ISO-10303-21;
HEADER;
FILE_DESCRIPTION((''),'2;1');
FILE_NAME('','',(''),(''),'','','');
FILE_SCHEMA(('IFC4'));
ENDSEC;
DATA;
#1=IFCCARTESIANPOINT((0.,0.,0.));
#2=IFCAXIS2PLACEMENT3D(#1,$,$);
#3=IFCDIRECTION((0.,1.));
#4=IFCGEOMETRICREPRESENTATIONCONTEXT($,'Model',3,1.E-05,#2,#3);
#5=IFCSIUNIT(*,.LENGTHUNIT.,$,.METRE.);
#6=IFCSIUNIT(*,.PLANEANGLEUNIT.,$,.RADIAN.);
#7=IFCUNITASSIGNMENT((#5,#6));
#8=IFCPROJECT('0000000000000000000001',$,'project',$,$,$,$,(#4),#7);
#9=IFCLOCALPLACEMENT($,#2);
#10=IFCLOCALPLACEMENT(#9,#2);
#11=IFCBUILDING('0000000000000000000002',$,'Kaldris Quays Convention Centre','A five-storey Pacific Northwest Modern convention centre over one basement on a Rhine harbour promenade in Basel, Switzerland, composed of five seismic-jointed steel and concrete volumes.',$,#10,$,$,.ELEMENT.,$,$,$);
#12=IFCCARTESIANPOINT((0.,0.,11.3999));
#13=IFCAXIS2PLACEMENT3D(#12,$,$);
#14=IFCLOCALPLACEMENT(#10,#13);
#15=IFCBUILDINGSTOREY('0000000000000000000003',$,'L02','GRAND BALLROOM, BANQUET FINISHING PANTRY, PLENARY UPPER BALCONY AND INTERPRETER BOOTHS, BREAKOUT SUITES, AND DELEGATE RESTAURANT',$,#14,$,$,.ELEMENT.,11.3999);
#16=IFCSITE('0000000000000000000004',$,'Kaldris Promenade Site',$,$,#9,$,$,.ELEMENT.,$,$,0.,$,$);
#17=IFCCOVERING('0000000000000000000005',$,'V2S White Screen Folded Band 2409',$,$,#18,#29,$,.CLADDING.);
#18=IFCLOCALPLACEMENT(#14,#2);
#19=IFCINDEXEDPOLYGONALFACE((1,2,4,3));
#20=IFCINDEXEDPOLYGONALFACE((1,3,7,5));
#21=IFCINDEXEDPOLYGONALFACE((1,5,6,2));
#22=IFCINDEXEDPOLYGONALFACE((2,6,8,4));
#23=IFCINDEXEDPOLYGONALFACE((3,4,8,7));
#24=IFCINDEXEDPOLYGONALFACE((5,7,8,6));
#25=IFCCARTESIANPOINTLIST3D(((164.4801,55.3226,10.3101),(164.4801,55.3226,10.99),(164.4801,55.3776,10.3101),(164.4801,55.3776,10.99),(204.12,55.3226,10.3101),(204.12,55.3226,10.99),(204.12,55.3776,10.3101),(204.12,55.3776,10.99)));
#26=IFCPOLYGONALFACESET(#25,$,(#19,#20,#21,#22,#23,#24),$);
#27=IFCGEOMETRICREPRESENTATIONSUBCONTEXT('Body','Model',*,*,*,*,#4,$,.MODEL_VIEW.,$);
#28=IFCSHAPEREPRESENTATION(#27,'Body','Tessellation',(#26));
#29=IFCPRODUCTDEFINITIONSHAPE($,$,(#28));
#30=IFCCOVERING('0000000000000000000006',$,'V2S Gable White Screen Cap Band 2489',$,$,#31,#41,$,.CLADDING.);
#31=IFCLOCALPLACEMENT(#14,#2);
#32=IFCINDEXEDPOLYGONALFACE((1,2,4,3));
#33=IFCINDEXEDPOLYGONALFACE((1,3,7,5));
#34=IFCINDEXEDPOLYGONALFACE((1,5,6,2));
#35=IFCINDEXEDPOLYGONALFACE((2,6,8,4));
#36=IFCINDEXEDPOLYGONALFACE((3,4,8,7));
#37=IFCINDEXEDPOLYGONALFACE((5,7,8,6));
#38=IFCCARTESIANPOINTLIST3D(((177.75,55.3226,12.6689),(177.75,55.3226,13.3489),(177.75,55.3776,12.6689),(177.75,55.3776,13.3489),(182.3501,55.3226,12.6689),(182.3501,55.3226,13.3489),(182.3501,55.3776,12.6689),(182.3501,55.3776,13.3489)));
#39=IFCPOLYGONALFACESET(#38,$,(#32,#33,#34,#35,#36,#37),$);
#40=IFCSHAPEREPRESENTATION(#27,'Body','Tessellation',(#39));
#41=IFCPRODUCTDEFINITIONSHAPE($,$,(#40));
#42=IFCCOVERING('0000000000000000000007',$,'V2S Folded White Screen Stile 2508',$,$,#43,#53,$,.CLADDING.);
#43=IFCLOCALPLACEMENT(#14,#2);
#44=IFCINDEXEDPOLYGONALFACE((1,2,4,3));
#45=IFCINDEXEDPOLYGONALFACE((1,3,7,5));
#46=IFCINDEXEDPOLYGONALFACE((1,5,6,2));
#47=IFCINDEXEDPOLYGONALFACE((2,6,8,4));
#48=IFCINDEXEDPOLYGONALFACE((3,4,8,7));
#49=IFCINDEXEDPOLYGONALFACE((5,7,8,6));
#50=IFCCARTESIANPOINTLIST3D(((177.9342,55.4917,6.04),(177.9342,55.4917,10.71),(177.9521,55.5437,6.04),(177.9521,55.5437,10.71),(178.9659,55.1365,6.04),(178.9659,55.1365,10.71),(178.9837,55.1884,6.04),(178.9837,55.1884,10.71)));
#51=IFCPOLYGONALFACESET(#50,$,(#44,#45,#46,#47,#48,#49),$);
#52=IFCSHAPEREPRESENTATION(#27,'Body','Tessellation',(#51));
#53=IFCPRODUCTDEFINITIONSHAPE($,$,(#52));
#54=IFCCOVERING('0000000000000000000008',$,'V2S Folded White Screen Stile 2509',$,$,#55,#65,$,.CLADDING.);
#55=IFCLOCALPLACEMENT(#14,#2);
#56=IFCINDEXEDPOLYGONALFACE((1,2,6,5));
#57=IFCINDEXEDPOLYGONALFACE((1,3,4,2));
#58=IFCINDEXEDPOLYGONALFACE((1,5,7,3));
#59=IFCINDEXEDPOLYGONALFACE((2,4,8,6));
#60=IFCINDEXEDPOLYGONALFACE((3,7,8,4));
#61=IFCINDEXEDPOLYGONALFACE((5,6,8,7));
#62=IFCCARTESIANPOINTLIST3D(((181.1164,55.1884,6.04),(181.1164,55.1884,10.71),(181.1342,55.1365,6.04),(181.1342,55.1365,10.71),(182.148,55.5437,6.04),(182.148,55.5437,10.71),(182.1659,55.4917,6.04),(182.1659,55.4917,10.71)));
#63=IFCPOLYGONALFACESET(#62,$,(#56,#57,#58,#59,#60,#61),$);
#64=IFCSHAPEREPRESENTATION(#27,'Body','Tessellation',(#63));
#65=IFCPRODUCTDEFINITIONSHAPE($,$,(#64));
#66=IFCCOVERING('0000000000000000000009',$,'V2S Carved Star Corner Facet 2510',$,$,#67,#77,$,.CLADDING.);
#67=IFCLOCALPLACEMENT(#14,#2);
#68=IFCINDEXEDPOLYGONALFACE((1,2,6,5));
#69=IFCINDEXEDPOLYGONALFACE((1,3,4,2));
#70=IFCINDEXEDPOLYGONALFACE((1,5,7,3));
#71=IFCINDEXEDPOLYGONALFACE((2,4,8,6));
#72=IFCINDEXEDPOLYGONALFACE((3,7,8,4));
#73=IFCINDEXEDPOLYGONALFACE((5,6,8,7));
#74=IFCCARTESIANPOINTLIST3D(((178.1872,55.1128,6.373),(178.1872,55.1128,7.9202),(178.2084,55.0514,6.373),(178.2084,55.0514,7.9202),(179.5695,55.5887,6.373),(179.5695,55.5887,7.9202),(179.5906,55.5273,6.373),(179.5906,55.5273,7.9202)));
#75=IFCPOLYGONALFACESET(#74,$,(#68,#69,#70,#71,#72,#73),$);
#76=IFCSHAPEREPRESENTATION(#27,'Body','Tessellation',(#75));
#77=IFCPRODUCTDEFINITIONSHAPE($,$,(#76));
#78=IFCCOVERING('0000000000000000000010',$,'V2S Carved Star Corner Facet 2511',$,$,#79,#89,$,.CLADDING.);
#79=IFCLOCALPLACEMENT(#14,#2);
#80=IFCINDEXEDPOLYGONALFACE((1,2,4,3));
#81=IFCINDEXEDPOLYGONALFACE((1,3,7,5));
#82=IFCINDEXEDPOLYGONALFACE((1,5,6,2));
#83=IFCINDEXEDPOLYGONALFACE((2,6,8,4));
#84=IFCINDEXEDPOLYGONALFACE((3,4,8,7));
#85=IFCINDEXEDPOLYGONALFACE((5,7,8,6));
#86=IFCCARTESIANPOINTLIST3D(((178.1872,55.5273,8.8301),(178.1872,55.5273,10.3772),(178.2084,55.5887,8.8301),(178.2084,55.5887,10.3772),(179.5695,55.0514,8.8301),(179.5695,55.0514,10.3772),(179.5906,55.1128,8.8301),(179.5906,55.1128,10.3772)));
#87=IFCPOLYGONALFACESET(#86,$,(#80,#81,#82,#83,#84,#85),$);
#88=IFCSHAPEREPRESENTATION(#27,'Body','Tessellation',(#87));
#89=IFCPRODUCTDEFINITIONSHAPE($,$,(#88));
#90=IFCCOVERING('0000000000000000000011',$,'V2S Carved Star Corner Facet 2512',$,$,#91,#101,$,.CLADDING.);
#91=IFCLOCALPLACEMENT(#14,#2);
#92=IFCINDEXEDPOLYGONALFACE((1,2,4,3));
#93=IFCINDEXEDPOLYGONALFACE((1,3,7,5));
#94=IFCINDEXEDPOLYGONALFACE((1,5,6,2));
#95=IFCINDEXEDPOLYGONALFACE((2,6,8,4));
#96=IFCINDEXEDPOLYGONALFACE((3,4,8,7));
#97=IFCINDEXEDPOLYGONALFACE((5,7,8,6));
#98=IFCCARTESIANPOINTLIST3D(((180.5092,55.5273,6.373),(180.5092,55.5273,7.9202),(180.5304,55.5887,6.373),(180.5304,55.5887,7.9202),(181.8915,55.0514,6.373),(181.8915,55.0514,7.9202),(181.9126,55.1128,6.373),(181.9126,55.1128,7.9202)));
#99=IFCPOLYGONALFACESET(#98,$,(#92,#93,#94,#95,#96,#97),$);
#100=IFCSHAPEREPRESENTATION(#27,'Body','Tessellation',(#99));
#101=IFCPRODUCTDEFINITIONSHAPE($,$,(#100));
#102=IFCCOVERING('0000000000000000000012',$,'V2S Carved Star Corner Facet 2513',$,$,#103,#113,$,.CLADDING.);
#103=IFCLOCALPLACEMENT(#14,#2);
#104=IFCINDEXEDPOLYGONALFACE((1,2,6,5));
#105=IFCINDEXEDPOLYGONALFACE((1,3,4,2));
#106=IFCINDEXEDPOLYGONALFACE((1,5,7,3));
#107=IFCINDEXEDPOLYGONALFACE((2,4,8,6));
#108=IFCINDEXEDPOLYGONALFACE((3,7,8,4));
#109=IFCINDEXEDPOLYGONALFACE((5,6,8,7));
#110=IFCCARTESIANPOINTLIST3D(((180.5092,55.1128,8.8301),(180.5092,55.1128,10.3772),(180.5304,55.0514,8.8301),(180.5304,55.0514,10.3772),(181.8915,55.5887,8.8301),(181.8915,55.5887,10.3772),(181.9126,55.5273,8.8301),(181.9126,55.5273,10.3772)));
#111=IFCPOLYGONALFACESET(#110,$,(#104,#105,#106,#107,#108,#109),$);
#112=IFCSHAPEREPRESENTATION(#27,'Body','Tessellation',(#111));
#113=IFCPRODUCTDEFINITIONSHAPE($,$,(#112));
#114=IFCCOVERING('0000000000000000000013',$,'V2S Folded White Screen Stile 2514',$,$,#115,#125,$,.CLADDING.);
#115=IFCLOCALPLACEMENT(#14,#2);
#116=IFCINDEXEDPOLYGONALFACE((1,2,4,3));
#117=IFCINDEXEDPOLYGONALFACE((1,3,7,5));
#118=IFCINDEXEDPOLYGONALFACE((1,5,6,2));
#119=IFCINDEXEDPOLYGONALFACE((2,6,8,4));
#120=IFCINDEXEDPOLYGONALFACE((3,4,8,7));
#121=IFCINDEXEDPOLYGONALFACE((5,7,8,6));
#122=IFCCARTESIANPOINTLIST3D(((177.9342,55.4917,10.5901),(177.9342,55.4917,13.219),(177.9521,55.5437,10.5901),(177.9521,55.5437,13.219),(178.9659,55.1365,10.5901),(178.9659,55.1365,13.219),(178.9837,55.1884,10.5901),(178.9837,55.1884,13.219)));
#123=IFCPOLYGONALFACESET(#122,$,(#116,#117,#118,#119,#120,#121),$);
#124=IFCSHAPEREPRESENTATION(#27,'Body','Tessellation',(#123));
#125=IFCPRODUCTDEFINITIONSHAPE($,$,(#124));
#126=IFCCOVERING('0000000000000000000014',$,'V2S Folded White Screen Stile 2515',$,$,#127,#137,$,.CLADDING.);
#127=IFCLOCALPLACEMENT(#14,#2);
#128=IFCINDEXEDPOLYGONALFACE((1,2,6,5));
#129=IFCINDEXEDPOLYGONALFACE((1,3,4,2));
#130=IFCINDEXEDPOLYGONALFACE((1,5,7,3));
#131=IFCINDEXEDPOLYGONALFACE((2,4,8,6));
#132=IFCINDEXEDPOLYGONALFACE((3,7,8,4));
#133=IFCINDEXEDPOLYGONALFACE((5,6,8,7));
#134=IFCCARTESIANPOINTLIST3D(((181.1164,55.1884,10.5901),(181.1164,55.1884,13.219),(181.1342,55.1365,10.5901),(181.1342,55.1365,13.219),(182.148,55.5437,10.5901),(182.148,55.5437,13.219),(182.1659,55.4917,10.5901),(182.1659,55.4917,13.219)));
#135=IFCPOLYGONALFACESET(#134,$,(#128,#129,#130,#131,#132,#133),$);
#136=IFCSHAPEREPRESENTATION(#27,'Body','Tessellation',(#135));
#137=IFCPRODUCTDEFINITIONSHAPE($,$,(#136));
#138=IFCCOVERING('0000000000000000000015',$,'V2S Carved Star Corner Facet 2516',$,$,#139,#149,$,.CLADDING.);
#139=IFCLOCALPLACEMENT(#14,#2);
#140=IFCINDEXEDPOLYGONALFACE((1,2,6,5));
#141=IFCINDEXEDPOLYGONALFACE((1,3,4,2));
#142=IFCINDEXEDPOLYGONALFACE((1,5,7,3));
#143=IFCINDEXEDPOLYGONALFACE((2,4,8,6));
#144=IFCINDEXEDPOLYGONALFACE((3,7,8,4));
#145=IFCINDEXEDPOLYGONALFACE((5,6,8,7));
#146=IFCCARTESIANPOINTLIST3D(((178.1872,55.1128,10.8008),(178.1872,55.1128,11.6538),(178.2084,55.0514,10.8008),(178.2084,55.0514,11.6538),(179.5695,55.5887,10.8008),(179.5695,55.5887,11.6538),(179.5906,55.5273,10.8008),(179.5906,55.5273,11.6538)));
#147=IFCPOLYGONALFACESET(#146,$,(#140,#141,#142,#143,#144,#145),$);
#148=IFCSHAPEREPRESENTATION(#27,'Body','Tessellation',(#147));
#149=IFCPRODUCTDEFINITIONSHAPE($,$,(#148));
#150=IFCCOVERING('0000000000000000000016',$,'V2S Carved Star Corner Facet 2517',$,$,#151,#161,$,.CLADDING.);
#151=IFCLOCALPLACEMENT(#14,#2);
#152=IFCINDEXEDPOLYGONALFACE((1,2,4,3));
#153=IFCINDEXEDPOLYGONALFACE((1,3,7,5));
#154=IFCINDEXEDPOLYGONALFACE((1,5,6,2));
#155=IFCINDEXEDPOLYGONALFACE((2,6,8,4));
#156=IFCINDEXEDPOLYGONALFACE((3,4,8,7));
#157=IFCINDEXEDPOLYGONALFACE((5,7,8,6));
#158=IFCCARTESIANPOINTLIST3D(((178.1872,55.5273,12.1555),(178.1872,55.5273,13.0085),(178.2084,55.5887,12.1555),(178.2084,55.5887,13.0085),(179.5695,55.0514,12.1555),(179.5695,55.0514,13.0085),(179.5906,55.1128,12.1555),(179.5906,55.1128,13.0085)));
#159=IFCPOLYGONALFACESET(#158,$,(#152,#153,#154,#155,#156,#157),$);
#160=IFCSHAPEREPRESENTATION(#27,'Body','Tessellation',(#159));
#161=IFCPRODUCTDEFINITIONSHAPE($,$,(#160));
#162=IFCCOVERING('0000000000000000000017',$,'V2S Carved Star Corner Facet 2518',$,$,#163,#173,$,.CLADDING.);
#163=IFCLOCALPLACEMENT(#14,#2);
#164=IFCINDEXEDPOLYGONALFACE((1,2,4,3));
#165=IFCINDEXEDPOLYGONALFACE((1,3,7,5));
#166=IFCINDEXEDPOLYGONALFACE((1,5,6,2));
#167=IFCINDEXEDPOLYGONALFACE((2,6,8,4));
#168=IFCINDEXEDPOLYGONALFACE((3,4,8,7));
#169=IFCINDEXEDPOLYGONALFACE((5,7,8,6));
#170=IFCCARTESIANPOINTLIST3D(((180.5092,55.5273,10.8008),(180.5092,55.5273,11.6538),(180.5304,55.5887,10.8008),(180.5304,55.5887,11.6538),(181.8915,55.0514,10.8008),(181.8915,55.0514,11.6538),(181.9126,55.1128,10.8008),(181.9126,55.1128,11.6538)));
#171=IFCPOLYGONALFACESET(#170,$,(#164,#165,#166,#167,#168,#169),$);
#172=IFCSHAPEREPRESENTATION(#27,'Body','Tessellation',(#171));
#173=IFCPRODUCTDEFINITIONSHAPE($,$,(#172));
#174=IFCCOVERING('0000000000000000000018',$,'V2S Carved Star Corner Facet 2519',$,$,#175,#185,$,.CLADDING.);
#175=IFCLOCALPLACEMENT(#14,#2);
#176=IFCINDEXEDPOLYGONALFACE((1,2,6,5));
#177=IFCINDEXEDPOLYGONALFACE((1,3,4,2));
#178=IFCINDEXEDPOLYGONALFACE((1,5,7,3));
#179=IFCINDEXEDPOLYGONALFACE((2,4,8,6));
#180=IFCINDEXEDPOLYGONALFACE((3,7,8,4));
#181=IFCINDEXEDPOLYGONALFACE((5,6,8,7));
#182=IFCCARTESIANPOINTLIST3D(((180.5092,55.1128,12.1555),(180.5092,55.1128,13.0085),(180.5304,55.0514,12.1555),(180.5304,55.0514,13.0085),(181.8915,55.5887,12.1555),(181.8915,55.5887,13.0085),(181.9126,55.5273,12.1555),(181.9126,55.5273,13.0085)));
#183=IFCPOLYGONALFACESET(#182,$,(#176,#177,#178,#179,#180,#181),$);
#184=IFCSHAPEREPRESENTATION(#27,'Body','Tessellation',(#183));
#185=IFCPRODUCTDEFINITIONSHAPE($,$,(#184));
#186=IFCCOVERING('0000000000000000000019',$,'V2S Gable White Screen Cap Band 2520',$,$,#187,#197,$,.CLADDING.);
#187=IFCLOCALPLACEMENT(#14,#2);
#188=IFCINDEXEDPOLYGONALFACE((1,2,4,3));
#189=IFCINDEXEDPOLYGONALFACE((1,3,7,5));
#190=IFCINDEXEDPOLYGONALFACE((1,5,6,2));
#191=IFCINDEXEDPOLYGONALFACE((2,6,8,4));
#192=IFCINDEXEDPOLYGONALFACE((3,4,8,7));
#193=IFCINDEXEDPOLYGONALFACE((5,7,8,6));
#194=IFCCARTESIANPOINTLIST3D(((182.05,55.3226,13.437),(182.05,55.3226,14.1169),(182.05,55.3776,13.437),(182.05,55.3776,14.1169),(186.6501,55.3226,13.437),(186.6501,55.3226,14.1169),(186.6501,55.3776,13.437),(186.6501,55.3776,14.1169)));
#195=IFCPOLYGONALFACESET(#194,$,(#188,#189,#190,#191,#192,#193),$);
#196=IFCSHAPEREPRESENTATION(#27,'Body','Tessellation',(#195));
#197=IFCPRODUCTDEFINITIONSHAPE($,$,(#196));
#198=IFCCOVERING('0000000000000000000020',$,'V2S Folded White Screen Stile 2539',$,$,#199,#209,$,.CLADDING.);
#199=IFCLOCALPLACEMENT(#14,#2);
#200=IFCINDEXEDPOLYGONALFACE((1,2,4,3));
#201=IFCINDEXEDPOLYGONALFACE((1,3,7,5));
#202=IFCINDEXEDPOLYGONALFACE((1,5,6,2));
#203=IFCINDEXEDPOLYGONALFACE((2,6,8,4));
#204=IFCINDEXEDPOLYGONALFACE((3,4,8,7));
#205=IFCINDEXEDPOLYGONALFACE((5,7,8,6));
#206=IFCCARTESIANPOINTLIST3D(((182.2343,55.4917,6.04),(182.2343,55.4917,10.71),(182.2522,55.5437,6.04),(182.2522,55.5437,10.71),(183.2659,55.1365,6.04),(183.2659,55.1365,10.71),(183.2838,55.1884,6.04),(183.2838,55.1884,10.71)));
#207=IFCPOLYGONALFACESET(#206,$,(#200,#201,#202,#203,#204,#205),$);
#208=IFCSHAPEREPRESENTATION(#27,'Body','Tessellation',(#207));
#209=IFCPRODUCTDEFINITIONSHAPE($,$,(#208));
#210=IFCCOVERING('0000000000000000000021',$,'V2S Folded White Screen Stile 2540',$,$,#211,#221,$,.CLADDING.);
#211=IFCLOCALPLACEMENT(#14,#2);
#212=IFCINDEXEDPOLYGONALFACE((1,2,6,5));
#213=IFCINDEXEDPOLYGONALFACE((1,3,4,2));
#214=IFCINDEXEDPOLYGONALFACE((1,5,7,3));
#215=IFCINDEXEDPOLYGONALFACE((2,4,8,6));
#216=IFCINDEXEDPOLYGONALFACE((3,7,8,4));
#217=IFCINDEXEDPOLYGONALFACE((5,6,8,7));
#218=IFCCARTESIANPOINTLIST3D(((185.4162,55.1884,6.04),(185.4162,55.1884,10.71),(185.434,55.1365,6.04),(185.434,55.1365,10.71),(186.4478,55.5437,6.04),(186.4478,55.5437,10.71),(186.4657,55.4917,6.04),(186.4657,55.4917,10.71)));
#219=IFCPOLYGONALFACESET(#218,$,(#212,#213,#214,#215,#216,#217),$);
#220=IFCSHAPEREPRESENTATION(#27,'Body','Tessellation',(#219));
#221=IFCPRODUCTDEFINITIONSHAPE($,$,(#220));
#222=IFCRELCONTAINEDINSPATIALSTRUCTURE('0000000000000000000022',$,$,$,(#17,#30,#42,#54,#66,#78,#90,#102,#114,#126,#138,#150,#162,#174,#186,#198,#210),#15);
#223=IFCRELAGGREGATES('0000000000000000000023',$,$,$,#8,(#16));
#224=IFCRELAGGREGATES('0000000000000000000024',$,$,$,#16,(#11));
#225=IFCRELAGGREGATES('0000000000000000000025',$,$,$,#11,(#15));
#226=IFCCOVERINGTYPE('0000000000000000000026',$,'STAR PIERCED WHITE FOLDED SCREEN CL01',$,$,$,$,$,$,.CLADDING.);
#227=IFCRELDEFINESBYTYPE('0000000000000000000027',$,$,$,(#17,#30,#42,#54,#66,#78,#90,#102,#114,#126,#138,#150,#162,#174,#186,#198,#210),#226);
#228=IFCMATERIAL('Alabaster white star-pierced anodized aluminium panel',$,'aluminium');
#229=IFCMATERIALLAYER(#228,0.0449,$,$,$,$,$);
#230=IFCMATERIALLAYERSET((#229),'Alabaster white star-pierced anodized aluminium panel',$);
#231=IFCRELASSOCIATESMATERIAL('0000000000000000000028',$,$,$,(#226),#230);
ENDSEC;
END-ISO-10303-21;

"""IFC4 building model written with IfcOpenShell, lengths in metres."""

from ifc_helpers import new_model, si_unit, direction, frame, origin, origin_2d, place, context, subcontext, project, spatial, rectangle, extrude, material, layer, layer_set, type_object, element, save


model = new_model("IFC4")

# Units and contexts
model_context = context("Model", 3, precision=1e-05, world=origin(), true_north=direction((0.0, 1.0)))
body_context = subcontext(model_context, "Body", "Model", "MODEL_VIEW")
ifc_project = project(units=[si_unit("LENGTHUNIT", "METRE"), si_unit("PLANEANGLEUNIT", "RADIAN")], contexts=[model_context])

# Site, building, storey
site_placement = place(None, origin())
site = spatial("IfcSite", under=ifc_project, at=site_placement, Name="Kaldris Promenade Site", CompositionType="ELEMENT", RefElevation=0.0)
building_placement = place(site_placement, origin())
building = spatial("IfcBuilding", under=site, at=building_placement, Name="Kaldris Quays Convention Centre", Description="A five-storey Pacific Northwest Modern convention centre over one basement on a Rhine harbour promenade in Basel, Switzerland, composed of five seismic-jointed steel and concrete volumes.", CompositionType="ELEMENT")
storey_placement = place(building_placement, frame((0.0, 0.0, 11.3999)))
storey = spatial("IfcBuildingStorey", under=building, at=storey_placement, Name="L02", Description="GRAND BALLROOM, BANQUET FINISHING PANTRY, PLENARY UPPER BALCONY AND INTERPRETER BOOTHS, BREAKOUT SUITES, AND DELEGATE RESTAURANT", CompositionType="ELEMENT", Elevation=11.3999)

# Coverings
ifc_material_1 = material(Name="Alabaster white star-pierced anodized aluminium panel", Category="aluminium")
ifc_layer = layer(ifc_material_1, 0.0449)
ifc_layer_set = layer_set([ifc_layer], Name="Alabaster white star-pierced anodized aluminium panel")
covering_type = type_object("IfcCoveringType", Name="STAR PIERCED WHITE FOLDED SCREEN CL01", PredefinedType="CLADDING", material=ifc_layer_set)
covering_1_placement = place(storey_placement, frame((184.3, 55.3501, 10.3101), z_axis=(0.0, 0.0, 1.0), x_axis=(1.0, 0.0, 0.0)))
element("IfcCovering", 1, at=covering_1_placement, inside=storey, type_object=covering_type, Name="V2S White Screen Folded Band 2409", PredefinedType="CLADDING", context=body_context, shape_type="SweptSolid", body=[
    extrude(rectangle(XDim=39.6399, YDim=0.0549, at=origin_2d()), origin(), (0.0, 0.0, 1.0), 0.6799),
])
covering_2_placement = place(storey_placement, frame((180.05, 55.3501, 12.6689), z_axis=(0.0, 0.0, 1.0), x_axis=(1.0, 0.0, 0.0)))
element("IfcCovering", 2, at=covering_2_placement, inside=storey, type_object=covering_type, Name="V2S Gable White Screen Cap Band 2489", PredefinedType="CLADDING", context=body_context, shape_type="SweptSolid", body=[
    extrude(rectangle(XDim=4.6001, YDim=0.0549, at=origin_2d()), origin(), (0.0, 0.0, 1.0), 0.6799),
])
for number, where, z_axis, x_axis, name in (
    (3, (178.459, 55.3401, 6.04), (0.0, 0.0, 1.0), (0.945519, -0.325568, 0.0), "V2S Folded White Screen Stile 2508"),
    (4, (181.6411, 55.3401, 6.04), (0.0, 0.0, 1.0), (0.945519, 0.325568, 0.0), "V2S Folded White Screen Stile 2509"),
):
    element("IfcCovering", number, at=place(storey_placement, frame(where, z_axis=z_axis, x_axis=x_axis)), inside=storey, type_object=covering_type, Name=name, PredefinedType="CLADDING", context=body_context, shape_type="SweptSolid", body=[
        extrude(rectangle(XDim=1.0911, YDim=0.0549, at=origin_2d()), origin(), (0.0, 0.0, 1.0), 4.6699),
    ])
for number, where, z_axis, x_axis, name in (
    (5, (178.8889, 55.3201, 6.373), (0.0, 0.0, 1.0), (0.945519, 0.325568, 0.0), "V2S Carved Star Corner Facet 2510"),
    (6, (178.8889, 55.3201, 8.8301), (0.0, 0.0, 1.0), (0.945519, -0.325568, 0.0), "V2S Carved Star Corner Facet 2511"),
    (7, (181.2109, 55.3201, 6.373), (0.0, 0.0, 1.0), (0.945519, -0.325568, 0.0), "V2S Carved Star Corner Facet 2512"),
    (8, (181.2109, 55.3201, 8.8301), (0.0, 0.0, 1.0), (0.945519, 0.325568, 0.0), "V2S Carved Star Corner Facet 2513"),
):
    element("IfcCovering", number, at=place(storey_placement, frame(where, z_axis=z_axis, x_axis=x_axis)), inside=storey, type_object=covering_type, Name=name, PredefinedType="CLADDING", context=body_context, shape_type="SweptSolid", body=[
        extrude(rectangle(XDim=1.4619, YDim=0.0649, at=origin_2d()), origin(), (0.0, 0.0, 1.0), 1.5471),
    ])
for number, where, z_axis, x_axis, name in (
    (9, (178.459, 55.3401, 10.5901), (0.0, 0.0, 1.0), (0.945519, -0.325568, 0.0), "V2S Folded White Screen Stile 2514"),
    (10, (181.6411, 55.3401, 10.5901), (0.0, 0.0, 1.0), (0.945519, 0.325568, 0.0), "V2S Folded White Screen Stile 2515"),
):
    element("IfcCovering", number, at=place(storey_placement, frame(where, z_axis=z_axis, x_axis=x_axis)), inside=storey, type_object=covering_type, Name=name, PredefinedType="CLADDING", context=body_context, shape_type="SweptSolid", body=[
        extrude(rectangle(XDim=1.0911, YDim=0.0549, at=origin_2d()), origin(), (0.0, 0.0, 1.0), 2.6289),
    ])
for number, where, z_axis, x_axis, name in (
    (11, (178.8889, 55.3201, 10.8008), (0.0, 0.0, 1.0), (0.945519, 0.325568, 0.0), "V2S Carved Star Corner Facet 2516"),
    (12, (178.8889, 55.3201, 12.1555), (0.0, 0.0, 1.0), (0.945519, -0.325568, 0.0), "V2S Carved Star Corner Facet 2517"),
    (13, (181.2109, 55.3201, 10.8008), (0.0, 0.0, 1.0), (0.945519, -0.325568, 0.0), "V2S Carved Star Corner Facet 2518"),
    (14, (181.2109, 55.3201, 12.1555), (0.0, 0.0, 1.0), (0.945519, 0.325568, 0.0), "V2S Carved Star Corner Facet 2519"),
):
    element("IfcCovering", number, at=place(storey_placement, frame(where, z_axis=z_axis, x_axis=x_axis)), inside=storey, type_object=covering_type, Name=name, PredefinedType="CLADDING", context=body_context, shape_type="SweptSolid", body=[
        extrude(rectangle(XDim=1.4619, YDim=0.0649, at=origin_2d()), origin(), (0.0, 0.0, 1.0), 0.853),
    ])
covering_3_placement = place(storey_placement, frame((184.3501, 55.3501, 13.437), z_axis=(0.0, 0.0, 1.0), x_axis=(1.0, 0.0, 0.0)))
element("IfcCovering", 15, at=covering_3_placement, inside=storey, type_object=covering_type, Name="V2S Gable White Screen Cap Band 2520", PredefinedType="CLADDING", context=body_context, shape_type="SweptSolid", body=[
    extrude(rectangle(XDim=4.6001, YDim=0.0549, at=origin_2d()), origin(), (0.0, 0.0, 1.0), 0.6799),
])
for number, where, z_axis, x_axis, name in (
    (16, (182.759, 55.3401, 6.04), (0.0, 0.0, 1.0), (0.945519, -0.325568, 0.0), "V2S Folded White Screen Stile 2539"),
    (17, (185.9409, 55.3401, 6.04), (0.0, 0.0, 1.0), (0.945519, 0.325568, 0.0), "V2S Folded White Screen Stile 2540"),
):
    element("IfcCovering", number, at=place(storey_placement, frame(where, z_axis=z_axis, x_axis=x_axis)), inside=storey, type_object=covering_type, Name=name, PredefinedType="CLADDING", context=body_context, shape_type="SweptSolid", body=[
        extrude(rectangle(XDim=1.0911, YDim=0.0549, at=origin_2d()), origin(), (0.0, 0.0, 1.0), 4.6699),
    ])

save(model, "model.ifc")
